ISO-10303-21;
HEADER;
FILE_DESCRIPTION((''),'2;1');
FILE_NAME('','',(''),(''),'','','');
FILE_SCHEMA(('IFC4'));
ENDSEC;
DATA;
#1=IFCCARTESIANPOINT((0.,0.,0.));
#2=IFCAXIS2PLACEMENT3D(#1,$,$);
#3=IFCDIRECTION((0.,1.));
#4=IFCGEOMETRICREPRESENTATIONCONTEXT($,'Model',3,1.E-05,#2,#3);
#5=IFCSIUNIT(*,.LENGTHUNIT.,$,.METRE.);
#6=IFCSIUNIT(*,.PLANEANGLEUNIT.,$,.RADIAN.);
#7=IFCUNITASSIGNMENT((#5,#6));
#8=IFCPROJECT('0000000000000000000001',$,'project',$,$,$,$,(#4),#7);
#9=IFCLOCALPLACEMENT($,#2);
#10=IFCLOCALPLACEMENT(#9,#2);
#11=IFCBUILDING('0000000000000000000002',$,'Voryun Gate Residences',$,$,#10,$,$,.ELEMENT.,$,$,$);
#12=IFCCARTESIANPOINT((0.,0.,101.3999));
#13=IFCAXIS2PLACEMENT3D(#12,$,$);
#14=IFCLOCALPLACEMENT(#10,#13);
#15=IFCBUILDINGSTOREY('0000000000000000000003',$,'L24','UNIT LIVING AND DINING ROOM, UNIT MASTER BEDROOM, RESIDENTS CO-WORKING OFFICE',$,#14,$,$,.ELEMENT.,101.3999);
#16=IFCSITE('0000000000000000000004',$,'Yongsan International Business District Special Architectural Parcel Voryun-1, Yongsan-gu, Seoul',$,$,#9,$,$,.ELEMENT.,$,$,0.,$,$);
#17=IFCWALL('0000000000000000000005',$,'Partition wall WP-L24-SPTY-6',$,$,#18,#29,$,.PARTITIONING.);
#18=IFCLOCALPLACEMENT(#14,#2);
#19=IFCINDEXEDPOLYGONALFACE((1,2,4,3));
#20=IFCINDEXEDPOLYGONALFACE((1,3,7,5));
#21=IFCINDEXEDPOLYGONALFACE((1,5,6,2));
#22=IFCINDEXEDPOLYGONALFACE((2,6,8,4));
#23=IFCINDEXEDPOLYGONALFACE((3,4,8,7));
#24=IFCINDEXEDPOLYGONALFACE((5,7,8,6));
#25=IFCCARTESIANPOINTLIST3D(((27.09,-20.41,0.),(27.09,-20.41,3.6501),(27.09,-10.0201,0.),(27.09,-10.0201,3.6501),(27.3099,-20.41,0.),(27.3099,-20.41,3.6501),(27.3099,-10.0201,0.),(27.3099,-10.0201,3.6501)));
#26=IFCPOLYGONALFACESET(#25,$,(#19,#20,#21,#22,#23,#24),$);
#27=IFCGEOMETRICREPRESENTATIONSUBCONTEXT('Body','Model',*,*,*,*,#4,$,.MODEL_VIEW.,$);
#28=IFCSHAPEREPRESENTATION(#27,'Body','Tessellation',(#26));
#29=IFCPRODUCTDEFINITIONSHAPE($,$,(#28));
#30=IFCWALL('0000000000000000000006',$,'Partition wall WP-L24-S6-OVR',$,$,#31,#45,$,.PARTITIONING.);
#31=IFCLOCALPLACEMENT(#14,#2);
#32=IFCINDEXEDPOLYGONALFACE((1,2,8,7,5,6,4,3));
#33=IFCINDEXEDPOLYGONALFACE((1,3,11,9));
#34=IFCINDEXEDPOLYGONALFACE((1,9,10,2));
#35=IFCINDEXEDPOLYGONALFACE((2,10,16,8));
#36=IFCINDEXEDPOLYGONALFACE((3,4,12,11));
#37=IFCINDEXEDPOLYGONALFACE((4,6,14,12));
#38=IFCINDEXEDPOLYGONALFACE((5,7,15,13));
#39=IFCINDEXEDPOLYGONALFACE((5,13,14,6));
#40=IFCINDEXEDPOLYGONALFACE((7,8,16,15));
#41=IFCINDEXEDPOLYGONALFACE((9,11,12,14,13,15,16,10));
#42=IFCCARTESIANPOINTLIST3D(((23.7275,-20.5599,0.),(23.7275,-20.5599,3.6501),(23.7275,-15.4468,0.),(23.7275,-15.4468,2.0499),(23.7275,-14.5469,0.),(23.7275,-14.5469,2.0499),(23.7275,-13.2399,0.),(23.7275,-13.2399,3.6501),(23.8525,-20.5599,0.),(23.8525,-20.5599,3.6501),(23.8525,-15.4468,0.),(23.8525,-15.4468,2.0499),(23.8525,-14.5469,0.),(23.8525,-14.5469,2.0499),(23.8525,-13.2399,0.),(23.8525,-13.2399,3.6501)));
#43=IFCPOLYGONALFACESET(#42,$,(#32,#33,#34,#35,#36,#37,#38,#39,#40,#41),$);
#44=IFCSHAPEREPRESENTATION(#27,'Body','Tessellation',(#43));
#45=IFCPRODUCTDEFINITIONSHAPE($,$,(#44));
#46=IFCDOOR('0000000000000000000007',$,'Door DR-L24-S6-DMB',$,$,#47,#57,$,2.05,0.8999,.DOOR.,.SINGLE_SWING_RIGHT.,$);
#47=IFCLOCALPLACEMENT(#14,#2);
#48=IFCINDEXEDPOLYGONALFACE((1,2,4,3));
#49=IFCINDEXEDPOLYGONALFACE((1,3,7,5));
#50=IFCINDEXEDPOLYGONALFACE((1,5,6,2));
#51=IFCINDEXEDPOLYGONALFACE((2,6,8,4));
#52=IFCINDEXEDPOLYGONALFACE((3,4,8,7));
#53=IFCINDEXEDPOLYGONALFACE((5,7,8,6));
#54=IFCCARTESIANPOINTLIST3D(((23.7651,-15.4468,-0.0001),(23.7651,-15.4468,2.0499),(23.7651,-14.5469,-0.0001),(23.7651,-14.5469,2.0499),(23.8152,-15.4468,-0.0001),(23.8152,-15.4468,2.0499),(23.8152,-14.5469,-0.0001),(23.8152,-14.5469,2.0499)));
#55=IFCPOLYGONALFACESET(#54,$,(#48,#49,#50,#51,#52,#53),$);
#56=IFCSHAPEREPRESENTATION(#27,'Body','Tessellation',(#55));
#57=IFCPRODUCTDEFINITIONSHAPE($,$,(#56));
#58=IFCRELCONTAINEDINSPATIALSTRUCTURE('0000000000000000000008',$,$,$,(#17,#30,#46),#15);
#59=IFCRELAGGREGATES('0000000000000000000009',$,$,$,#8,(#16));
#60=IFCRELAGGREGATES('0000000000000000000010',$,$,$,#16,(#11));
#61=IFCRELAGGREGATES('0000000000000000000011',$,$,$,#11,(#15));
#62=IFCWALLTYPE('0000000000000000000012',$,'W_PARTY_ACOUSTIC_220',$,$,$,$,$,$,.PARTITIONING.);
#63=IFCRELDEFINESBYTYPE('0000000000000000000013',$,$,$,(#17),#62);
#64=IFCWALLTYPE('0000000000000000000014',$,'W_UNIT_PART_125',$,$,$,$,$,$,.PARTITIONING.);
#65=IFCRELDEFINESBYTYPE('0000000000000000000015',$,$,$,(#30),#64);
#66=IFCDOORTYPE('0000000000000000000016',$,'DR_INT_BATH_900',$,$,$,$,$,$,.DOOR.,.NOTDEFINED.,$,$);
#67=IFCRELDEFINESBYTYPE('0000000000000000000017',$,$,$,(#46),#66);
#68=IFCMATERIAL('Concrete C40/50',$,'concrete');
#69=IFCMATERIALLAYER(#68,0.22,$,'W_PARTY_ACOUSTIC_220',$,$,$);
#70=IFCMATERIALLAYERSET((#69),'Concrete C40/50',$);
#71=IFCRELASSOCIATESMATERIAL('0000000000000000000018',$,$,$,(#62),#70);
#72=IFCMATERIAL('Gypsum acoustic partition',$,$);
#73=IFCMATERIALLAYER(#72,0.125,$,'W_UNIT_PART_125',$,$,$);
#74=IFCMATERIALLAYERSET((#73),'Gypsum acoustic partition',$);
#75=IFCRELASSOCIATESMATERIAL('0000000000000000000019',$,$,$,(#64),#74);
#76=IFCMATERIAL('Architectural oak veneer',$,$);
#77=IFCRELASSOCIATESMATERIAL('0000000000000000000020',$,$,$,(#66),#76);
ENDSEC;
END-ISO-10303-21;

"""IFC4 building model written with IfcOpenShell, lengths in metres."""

from ifc_helpers import new_model, si_unit, direction, frame, frame_2d, origin, place, context, subcontext, project, spatial, rectangle, extrude, material, layer, layer_set, type_object, element, fill, save


model = new_model("IFC4")

# Units and contexts
model_context = context("Model", 3, precision=1e-05, world=origin(), true_north=direction((0.0, 1.0)))
body_context = subcontext(model_context, "Body", "Model", "MODEL_VIEW")
ifc_project = project(units=[si_unit("LENGTHUNIT", "METRE"), si_unit("PLANEANGLEUNIT", "RADIAN")], contexts=[model_context])

# Site, building, storey
site_placement = place(None, origin())
site = spatial("IfcSite", under=ifc_project, at=site_placement, Name="Yongsan International Business District Special Architectural Parcel Voryun-1, Yongsan-gu, Seoul", CompositionType="ELEMENT", RefElevation=0.0)
building_placement = place(site_placement, origin())
building = spatial("IfcBuilding", under=site, at=building_placement, Name="Voryun Gate Residences", CompositionType="ELEMENT")
storey_placement = place(building_placement, frame((0.0, 0.0, 101.3999)))
storey = spatial("IfcBuildingStorey", under=building, at=storey_placement, Name="L24", Description="UNIT LIVING AND DINING ROOM, UNIT MASTER BEDROOM, RESIDENTS CO-WORKING OFFICE", CompositionType="ELEMENT", Elevation=101.3999)

# Wall
ifc_material_1 = material(Name="Concrete C40/50", Category="concrete")
ifc_layer_1 = layer(ifc_material_1, 0.22, Name="W_PARTY_ACOUSTIC_220")
ifc_layer_set_1 = layer_set([ifc_layer_1], Name="Concrete C40/50")
wall_type_1 = type_object("IfcWallType", Name="W_PARTY_ACOUSTIC_220", PredefinedType="PARTITIONING", material=ifc_layer_set_1)
wall_1_placement = place(storey_placement, frame((27.2, -20.4099, 0.0), z_axis=(0.0, 0.0, 1.0), x_axis=(0.0, 1.0, 0.0)))
element("IfcWall", 1, at=wall_1_placement, inside=storey, type_object=wall_type_1, Name="Partition wall WP-L24-SPTY-6", PredefinedType="PARTITIONING", context=body_context, shape_type="SweptSolid", body=[
    extrude(rectangle(XDim=10.3899, YDim=0.22, at=frame_2d((5.1948, 0.0))), origin(), (0.0, 0.0, 1.0), 3.6501),
])

# Wall, opening, door
ifc_material_2 = material(Name="Gypsum acoustic partition")
ifc_layer_2 = layer(ifc_material_2, 0.125, Name="W_UNIT_PART_125")
ifc_layer_set_2 = layer_set([ifc_layer_2], Name="Gypsum acoustic partition")
wall_type_2 = type_object("IfcWallType", Name="W_UNIT_PART_125", PredefinedType="PARTITIONING", material=ifc_layer_set_2)
wall_2_placement = place(storey_placement, frame((23.79, -20.5601, 0.0), z_axis=(0.0, 0.0, 1.0), x_axis=(0.0, 1.0, 0.0)))
wall_2 = element("IfcWall", 2, at=wall_2_placement, inside=storey, type_object=wall_type_2, Name="Partition wall WP-L24-S6-OVR", PredefinedType="PARTITIONING", context=body_context, shape_type="SweptSolid", body=[
    extrude(rectangle(XDim=7.3201, YDim=0.125, at=frame_2d((3.6602, 0.0))), origin(), (0.0, 0.0, 1.0), 3.6501),
])
opening_placement = place(wall_2_placement, frame((5.1133, 0.0, 0.0)))
opening = element("IfcOpeningElement", 3, at=opening_placement, cuts=wall_2, PredefinedType="OPENING", context=body_context, shape_type="SweptSolid", body=[
    extrude(rectangle(XDim=0.8999, YDim=2.05, at=frame_2d((0.45, 1.0249))), frame((0.0, 0.0725, 0.0), z_axis=(0.0, -1.0, 0.0), x_axis=(1.0, 0.0, 0.0)), (0.0, 0.0, 1.0), 0.145),
])
ifc_material_3 = material(Name="Architectural oak veneer")
door_type = type_object("IfcDoorType", Name="DR_INT_BATH_900", OperationType="NOTDEFINED", PredefinedType="DOOR", material=ifc_material_3)
door_placement = place(opening_placement, origin())
door = element("IfcDoor", 4, at=door_placement, inside=storey, type_object=door_type, Name="Door DR-L24-S6-DMB", OperationType="SINGLE_SWING_RIGHT", OverallHeight=2.05, OverallWidth=0.8999, PredefinedType="DOOR", context=body_context, shape_type="SweptSolid", body=[
    extrude(rectangle(XDim=0.8999, YDim=2.05, at=frame_2d((0.45, 1.0249))), frame((0.0, 0.0249, 0.0), z_axis=(0.0, -1.0, 0.0), x_axis=(1.0, 0.0, 0.0)), (0.0, 0.0, 1.0), 0.05),
])
fill(opening, door)

save(model, "model.ifc")
